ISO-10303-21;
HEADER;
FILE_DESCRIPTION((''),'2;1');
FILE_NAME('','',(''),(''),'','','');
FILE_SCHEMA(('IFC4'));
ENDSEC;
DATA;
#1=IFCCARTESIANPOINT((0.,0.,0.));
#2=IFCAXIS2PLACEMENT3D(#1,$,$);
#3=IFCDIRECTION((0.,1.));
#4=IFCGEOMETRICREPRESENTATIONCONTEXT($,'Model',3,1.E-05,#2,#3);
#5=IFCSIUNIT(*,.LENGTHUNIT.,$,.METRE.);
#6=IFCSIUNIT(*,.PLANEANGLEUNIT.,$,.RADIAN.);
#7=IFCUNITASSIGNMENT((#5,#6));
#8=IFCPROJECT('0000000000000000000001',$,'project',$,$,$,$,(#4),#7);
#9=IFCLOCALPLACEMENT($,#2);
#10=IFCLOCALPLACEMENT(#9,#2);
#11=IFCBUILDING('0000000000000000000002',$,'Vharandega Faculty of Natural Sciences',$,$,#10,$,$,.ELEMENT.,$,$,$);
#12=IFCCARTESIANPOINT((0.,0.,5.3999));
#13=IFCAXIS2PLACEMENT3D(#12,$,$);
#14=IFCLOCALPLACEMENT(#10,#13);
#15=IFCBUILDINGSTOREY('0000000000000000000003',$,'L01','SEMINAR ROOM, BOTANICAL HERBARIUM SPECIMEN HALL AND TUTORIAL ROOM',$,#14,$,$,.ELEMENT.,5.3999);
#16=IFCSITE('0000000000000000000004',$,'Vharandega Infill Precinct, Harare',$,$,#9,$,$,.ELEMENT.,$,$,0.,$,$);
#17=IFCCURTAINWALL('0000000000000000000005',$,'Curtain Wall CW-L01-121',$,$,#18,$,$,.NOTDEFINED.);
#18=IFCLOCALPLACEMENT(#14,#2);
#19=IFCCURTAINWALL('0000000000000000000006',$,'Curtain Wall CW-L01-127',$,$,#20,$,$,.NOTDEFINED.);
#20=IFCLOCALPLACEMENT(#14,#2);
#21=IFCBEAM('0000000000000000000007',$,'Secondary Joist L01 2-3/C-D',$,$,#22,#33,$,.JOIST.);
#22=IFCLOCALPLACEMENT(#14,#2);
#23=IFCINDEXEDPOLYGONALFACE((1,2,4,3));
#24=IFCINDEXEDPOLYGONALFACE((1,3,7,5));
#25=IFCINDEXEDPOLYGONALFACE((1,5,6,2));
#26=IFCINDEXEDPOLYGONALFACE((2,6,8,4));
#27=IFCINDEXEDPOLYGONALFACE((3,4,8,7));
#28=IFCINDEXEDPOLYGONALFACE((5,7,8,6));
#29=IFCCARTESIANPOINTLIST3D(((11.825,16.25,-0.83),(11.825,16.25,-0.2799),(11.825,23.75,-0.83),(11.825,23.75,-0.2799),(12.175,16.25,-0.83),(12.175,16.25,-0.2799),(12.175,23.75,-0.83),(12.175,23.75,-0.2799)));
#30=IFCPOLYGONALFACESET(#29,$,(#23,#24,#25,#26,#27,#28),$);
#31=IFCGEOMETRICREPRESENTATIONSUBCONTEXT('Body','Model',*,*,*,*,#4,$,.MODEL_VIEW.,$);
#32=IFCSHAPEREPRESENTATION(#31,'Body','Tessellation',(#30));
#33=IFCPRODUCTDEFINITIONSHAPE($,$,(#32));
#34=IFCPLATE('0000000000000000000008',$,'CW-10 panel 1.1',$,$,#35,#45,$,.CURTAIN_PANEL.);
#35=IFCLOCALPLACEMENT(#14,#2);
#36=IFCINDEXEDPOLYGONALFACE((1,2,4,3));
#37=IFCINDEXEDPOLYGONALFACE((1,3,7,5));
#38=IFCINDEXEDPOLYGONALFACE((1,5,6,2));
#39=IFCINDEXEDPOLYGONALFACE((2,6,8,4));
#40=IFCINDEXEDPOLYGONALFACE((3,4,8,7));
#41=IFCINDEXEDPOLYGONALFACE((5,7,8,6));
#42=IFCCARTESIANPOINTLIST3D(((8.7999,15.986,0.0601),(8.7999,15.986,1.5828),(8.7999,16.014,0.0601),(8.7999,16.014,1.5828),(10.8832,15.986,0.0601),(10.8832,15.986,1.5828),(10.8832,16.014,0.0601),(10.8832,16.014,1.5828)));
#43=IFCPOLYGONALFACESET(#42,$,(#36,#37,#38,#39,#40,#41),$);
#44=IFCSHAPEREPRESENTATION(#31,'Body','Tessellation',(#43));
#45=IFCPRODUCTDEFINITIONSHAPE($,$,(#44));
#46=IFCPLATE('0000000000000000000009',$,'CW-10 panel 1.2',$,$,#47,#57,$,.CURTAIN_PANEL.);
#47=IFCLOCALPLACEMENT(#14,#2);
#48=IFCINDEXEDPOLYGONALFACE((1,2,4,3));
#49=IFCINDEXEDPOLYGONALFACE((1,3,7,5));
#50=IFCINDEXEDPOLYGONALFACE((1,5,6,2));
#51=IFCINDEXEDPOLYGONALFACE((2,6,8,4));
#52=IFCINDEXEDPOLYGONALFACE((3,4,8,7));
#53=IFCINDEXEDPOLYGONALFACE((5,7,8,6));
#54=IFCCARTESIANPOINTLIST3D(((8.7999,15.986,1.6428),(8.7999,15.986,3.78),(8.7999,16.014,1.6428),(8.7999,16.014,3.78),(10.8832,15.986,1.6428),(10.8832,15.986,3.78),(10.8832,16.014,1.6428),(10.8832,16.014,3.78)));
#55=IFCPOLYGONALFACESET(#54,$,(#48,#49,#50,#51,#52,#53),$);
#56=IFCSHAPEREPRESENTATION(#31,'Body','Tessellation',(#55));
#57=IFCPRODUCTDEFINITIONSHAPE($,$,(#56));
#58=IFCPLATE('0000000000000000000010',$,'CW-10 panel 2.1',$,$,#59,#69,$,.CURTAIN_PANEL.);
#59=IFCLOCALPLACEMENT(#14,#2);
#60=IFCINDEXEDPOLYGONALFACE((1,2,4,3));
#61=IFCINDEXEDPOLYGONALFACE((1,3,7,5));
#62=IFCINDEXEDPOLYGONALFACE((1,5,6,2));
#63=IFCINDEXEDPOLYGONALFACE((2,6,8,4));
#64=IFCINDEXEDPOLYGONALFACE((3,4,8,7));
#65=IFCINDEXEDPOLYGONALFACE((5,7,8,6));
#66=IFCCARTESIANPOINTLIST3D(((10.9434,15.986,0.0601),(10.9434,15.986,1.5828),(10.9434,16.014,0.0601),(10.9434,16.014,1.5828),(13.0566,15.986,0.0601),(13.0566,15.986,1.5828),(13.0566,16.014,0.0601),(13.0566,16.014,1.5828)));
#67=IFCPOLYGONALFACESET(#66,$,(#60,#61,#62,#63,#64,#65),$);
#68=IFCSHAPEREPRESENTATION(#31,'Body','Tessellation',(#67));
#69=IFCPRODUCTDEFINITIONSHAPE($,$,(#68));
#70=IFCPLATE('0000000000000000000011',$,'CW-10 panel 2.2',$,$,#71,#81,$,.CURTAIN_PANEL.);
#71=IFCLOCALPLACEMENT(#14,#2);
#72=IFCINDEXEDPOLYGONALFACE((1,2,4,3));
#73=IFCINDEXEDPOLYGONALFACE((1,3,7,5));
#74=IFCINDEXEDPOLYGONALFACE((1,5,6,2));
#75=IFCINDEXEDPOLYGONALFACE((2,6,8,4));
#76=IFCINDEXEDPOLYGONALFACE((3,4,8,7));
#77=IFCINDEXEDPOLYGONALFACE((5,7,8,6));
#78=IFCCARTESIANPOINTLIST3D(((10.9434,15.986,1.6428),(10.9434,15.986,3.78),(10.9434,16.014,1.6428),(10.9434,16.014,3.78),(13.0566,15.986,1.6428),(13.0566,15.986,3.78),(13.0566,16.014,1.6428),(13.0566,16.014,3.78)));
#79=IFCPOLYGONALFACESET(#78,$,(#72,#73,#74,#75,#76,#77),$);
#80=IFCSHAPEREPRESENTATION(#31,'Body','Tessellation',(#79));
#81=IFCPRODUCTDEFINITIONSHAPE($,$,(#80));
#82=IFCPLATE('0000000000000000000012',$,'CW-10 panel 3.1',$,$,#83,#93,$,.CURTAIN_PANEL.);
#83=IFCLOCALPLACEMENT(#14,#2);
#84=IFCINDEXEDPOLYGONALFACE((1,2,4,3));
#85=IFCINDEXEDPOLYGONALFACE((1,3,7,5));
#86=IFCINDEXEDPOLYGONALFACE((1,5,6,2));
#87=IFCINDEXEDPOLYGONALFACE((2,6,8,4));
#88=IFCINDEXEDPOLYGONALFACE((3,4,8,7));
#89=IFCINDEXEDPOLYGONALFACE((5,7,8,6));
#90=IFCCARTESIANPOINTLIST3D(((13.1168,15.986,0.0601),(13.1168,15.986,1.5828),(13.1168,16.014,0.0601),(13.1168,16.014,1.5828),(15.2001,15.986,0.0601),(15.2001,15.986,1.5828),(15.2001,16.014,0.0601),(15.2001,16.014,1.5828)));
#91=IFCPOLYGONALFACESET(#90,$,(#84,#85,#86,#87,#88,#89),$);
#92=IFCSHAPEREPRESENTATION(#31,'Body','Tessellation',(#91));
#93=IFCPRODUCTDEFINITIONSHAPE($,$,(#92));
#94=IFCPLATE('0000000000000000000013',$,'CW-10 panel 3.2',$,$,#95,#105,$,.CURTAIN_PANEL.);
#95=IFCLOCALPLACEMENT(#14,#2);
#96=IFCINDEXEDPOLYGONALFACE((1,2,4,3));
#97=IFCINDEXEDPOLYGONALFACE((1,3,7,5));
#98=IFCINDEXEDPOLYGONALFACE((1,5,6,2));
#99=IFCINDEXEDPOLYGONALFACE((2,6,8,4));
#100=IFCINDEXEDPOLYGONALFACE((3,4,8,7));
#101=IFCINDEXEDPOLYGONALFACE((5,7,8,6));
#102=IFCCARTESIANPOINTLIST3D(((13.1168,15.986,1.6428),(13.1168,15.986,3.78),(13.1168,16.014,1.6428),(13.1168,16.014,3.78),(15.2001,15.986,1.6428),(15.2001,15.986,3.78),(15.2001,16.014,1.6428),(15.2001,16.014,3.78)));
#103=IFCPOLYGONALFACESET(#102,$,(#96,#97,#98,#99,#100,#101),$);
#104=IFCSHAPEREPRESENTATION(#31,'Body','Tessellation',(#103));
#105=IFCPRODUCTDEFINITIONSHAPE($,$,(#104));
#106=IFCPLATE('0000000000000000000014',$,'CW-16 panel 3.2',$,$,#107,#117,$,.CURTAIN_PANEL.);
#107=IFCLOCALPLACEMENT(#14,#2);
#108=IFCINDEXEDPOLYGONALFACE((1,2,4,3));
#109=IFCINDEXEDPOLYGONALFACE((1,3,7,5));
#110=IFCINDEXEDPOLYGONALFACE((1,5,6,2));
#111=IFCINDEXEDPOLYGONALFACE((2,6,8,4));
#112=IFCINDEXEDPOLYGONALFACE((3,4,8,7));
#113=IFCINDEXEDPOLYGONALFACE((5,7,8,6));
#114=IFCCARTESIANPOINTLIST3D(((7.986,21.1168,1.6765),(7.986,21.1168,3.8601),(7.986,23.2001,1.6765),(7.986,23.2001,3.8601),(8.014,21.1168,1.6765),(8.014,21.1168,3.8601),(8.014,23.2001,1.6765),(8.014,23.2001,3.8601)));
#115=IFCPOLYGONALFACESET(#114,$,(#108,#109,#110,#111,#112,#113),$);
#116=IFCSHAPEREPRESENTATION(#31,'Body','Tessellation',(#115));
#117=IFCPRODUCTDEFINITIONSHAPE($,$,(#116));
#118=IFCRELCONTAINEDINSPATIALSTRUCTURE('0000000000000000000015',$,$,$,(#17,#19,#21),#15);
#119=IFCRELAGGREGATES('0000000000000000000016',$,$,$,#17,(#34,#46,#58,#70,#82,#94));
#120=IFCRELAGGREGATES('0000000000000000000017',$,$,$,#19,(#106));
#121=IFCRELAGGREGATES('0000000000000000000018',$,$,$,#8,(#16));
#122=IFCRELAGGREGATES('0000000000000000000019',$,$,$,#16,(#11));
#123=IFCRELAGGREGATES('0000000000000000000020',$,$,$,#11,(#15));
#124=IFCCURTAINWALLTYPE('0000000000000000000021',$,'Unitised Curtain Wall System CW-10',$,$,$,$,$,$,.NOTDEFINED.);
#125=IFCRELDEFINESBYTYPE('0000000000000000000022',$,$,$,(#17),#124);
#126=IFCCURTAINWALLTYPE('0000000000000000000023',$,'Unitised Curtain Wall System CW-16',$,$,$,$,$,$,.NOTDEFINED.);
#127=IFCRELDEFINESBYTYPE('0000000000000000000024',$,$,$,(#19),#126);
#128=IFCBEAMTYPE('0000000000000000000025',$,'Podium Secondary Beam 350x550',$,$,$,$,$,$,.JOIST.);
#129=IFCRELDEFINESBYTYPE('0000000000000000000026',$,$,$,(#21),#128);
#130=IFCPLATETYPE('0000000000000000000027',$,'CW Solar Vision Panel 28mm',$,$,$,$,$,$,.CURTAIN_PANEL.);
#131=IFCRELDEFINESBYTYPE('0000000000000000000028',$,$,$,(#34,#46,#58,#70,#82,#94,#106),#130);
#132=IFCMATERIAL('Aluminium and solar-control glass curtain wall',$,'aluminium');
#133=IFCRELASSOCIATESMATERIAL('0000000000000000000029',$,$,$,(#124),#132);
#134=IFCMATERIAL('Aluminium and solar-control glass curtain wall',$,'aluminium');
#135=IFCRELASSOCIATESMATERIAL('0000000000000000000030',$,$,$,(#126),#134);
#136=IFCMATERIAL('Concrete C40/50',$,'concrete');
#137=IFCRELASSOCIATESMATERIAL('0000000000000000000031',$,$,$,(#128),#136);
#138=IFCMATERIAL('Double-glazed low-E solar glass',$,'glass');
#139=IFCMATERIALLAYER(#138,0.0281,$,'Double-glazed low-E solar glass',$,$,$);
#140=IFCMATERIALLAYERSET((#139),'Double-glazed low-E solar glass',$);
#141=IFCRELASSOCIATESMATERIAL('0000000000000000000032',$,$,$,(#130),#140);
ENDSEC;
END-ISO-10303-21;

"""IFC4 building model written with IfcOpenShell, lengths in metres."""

from ifc_helpers import new_model, si_unit, direction, frame, origin, origin_2d, place, context, subcontext, project, spatial, rectangle, extrude, material, layer, layer_set, material_profile, profile_set, type_object, element, aggregate, save


model = new_model("IFC4")

# Units and contexts
model_context = context("Model", 3, precision=1e-05, world=origin(), true_north=direction((0.0, 1.0)))
body_context = subcontext(model_context, "Body", "Model", "MODEL_VIEW")
ifc_project = project(units=[si_unit("LENGTHUNIT", "METRE"), si_unit("PLANEANGLEUNIT", "RADIAN")], contexts=[model_context])

# Site, building, storey
site_placement = place(None, origin())
site = spatial("IfcSite", under=ifc_project, at=site_placement, Name="Vharandega Infill Precinct, Harare", CompositionType="ELEMENT", RefElevation=0.0)
building_placement = place(site_placement, origin())
building = spatial("IfcBuilding", under=site, at=building_placement, Name="Vharandega Faculty of Natural Sciences", CompositionType="ELEMENT")
storey_placement = place(building_placement, frame((0.0, 0.0, 5.3999)))
storey = spatial("IfcBuildingStorey", under=building, at=storey_placement, Name="L01", Description="SEMINAR ROOM, BOTANICAL HERBARIUM SPECIMEN HALL AND TUTORIAL ROOM", CompositionType="ELEMENT", Elevation=5.3999)

# Curtain wall
ifc_material_1 = material(Name="Aluminium and solar-control glass curtain wall", Category="aluminium")
curtain_wall_type_1 = type_object("IfcCurtainWallType", Name="Unitised Curtain Wall System CW-10", PredefinedType="NOTDEFINED", material=ifc_material_1)
curtain_wall_1_placement = place(storey_placement, origin())
curtain_wall_1 = element("IfcCurtainWall", 1, at=curtain_wall_1_placement, inside=storey, type_object=curtain_wall_type_1, Name="Curtain Wall CW-L01-121", PredefinedType="NOTDEFINED")

# Curtain wall
ifc_material_2 = material(Name="Aluminium and solar-control glass curtain wall", Category="aluminium")
curtain_wall_type_2 = type_object("IfcCurtainWallType", Name="Unitised Curtain Wall System CW-16", PredefinedType="NOTDEFINED", material=ifc_material_2)
curtain_wall_2_placement = place(storey_placement, origin())
curtain_wall_2 = element("IfcCurtainWall", 2, at=curtain_wall_2_placement, inside=storey, type_object=curtain_wall_type_2, Name="Curtain Wall CW-L01-127", PredefinedType="NOTDEFINED")

# Beam
ifc_material_3 = material(Name="Concrete C40/50", Category="concrete")
ifc_material_profile_1 = material_profile(ifc_material_3, rectangle(XDim=0.3501, YDim=0.55, at=origin_2d()), Name="RC 350x550")
ifc_profile_set_1 = profile_set([ifc_material_profile_1], Name="Concrete C40/50")
beam_type_1 = type_object("IfcBeamType", Name="Podium Secondary Beam 350x550", PredefinedType="JOIST", material=ifc_profile_set_1)
beam_1_placement = place(storey_placement, frame((12.0, 16.25, -0.5549), z_axis=(0.0, 1.0, 0.0), x_axis=(-1.0, 0.0, 0.0)))
element("IfcBeam", 3, at=beam_1_placement, inside=storey, type_object=beam_type_1, Name="Secondary Joist L01 2-3/C-D", PredefinedType="JOIST", context=body_context, shape_type="SweptSolid", body=[
    extrude(rectangle(XDim=0.3501, YDim=0.55, at=origin_2d()), origin(), (0.0, 0.0, 1.0), 7.5),
])

# Plates
ifc_material_4 = material(Name="Double-glazed low-E solar glass", Category="glass")
ifc_layer = layer(ifc_material_4, 0.0281, Name="Double-glazed low-E solar glass")
ifc_layer_set = layer_set([ifc_layer], Name="Double-glazed low-E solar glass")
plate_type = type_object("IfcPlateType", Name="CW Solar Vision Panel 28mm", PredefinedType="CURTAIN_PANEL", material=ifc_layer_set)
plate_1_placement = place(storey_placement, frame((9.8416, 16.0, 0.0601), z_axis=(0.0, 0.0, 1.0), x_axis=(1.0, 0.0, 0.0)))
plate_1 = element("IfcPlate", 4, at=plate_1_placement, type_object=plate_type, Name="CW-10 panel 1.1", PredefinedType="CURTAIN_PANEL", context=body_context, shape_type="SweptSolid", body=[
    extrude(rectangle(XDim=2.0833, YDim=0.0281, at=origin_2d()), origin(), (0.0, 0.0, 1.0), 1.5227),
])
plate_2_placement = place(storey_placement, frame((9.8416, 16.0, 1.6428), z_axis=(0.0, 0.0, 1.0), x_axis=(1.0, 0.0, 0.0)))
plate_2 = element("IfcPlate", 5, at=plate_2_placement, type_object=plate_type, Name="CW-10 panel 1.2", PredefinedType="CURTAIN_PANEL", context=body_context, shape_type="SweptSolid", body=[
    extrude(rectangle(XDim=2.0833, YDim=0.0281, at=origin_2d()), origin(), (0.0, 0.0, 1.0), 2.1372),
])
plate_3_placement = place(storey_placement, frame((12.0, 16.0, 0.0601), z_axis=(0.0, 0.0, 1.0), x_axis=(1.0, 0.0, 0.0)))
plate_3 = element("IfcPlate", 6, at=plate_3_placement, type_object=plate_type, Name="CW-10 panel 2.1", PredefinedType="CURTAIN_PANEL", context=body_context, shape_type="SweptSolid", body=[
    extrude(rectangle(XDim=2.1133, YDim=0.0281, at=origin_2d()), origin(), (0.0, 0.0, 1.0), 1.5227),
])
plate_4_placement = place(storey_placement, frame((12.0, 16.0, 1.6428), z_axis=(0.0, 0.0, 1.0), x_axis=(1.0, 0.0, 0.0)))
plate_4 = element("IfcPlate", 7, at=plate_4_placement, type_object=plate_type, Name="CW-10 panel 2.2", PredefinedType="CURTAIN_PANEL", context=body_context, shape_type="SweptSolid", body=[
    extrude(rectangle(XDim=2.1133, YDim=0.0281, at=origin_2d()), origin(), (0.0, 0.0, 1.0), 2.1372),
])
plate_5_placement = place(storey_placement, frame((14.1584, 16.0, 0.0601), z_axis=(0.0, 0.0, 1.0), x_axis=(1.0, 0.0, 0.0)))
plate_5 = element("IfcPlate", 8, at=plate_5_placement, type_object=plate_type, Name="CW-10 panel 3.1", PredefinedType="CURTAIN_PANEL", context=body_context, shape_type="SweptSolid", body=[
    extrude(rectangle(XDim=2.0833, YDim=0.0281, at=origin_2d()), origin(), (0.0, 0.0, 1.0), 1.5227),
])
plate_6_placement = place(storey_placement, frame((14.1584, 16.0, 1.6428), z_axis=(0.0, 0.0, 1.0), x_axis=(1.0, 0.0, 0.0)))
plate_6 = element("IfcPlate", 9, at=plate_6_placement, type_object=plate_type, Name="CW-10 panel 3.2", PredefinedType="CURTAIN_PANEL", context=body_context, shape_type="SweptSolid", body=[
    extrude(rectangle(XDim=2.0833, YDim=0.0281, at=origin_2d()), origin(), (0.0, 0.0, 1.0), 2.1372),
])
aggregate(curtain_wall_1, [plate_1, plate_2, plate_3, plate_4, plate_5, plate_6])
plate_7_placement = place(storey_placement, frame((8.0, 22.1584, 1.6765), z_axis=(0.0, 0.0, 1.0), x_axis=(0.0, 1.0, 0.0)))
plate_7 = element("IfcPlate", 10, at=plate_7_placement, type_object=plate_type, Name="CW-16 panel 3.2", PredefinedType="CURTAIN_PANEL", context=body_context, shape_type="SweptSolid", body=[
    extrude(rectangle(XDim=2.0833, YDim=0.0281, at=origin_2d()), origin(), (0.0, 0.0, 1.0), 2.1836),
])
aggregate(curtain_wall_2, [plate_7])

save(model, "model.ifc")
